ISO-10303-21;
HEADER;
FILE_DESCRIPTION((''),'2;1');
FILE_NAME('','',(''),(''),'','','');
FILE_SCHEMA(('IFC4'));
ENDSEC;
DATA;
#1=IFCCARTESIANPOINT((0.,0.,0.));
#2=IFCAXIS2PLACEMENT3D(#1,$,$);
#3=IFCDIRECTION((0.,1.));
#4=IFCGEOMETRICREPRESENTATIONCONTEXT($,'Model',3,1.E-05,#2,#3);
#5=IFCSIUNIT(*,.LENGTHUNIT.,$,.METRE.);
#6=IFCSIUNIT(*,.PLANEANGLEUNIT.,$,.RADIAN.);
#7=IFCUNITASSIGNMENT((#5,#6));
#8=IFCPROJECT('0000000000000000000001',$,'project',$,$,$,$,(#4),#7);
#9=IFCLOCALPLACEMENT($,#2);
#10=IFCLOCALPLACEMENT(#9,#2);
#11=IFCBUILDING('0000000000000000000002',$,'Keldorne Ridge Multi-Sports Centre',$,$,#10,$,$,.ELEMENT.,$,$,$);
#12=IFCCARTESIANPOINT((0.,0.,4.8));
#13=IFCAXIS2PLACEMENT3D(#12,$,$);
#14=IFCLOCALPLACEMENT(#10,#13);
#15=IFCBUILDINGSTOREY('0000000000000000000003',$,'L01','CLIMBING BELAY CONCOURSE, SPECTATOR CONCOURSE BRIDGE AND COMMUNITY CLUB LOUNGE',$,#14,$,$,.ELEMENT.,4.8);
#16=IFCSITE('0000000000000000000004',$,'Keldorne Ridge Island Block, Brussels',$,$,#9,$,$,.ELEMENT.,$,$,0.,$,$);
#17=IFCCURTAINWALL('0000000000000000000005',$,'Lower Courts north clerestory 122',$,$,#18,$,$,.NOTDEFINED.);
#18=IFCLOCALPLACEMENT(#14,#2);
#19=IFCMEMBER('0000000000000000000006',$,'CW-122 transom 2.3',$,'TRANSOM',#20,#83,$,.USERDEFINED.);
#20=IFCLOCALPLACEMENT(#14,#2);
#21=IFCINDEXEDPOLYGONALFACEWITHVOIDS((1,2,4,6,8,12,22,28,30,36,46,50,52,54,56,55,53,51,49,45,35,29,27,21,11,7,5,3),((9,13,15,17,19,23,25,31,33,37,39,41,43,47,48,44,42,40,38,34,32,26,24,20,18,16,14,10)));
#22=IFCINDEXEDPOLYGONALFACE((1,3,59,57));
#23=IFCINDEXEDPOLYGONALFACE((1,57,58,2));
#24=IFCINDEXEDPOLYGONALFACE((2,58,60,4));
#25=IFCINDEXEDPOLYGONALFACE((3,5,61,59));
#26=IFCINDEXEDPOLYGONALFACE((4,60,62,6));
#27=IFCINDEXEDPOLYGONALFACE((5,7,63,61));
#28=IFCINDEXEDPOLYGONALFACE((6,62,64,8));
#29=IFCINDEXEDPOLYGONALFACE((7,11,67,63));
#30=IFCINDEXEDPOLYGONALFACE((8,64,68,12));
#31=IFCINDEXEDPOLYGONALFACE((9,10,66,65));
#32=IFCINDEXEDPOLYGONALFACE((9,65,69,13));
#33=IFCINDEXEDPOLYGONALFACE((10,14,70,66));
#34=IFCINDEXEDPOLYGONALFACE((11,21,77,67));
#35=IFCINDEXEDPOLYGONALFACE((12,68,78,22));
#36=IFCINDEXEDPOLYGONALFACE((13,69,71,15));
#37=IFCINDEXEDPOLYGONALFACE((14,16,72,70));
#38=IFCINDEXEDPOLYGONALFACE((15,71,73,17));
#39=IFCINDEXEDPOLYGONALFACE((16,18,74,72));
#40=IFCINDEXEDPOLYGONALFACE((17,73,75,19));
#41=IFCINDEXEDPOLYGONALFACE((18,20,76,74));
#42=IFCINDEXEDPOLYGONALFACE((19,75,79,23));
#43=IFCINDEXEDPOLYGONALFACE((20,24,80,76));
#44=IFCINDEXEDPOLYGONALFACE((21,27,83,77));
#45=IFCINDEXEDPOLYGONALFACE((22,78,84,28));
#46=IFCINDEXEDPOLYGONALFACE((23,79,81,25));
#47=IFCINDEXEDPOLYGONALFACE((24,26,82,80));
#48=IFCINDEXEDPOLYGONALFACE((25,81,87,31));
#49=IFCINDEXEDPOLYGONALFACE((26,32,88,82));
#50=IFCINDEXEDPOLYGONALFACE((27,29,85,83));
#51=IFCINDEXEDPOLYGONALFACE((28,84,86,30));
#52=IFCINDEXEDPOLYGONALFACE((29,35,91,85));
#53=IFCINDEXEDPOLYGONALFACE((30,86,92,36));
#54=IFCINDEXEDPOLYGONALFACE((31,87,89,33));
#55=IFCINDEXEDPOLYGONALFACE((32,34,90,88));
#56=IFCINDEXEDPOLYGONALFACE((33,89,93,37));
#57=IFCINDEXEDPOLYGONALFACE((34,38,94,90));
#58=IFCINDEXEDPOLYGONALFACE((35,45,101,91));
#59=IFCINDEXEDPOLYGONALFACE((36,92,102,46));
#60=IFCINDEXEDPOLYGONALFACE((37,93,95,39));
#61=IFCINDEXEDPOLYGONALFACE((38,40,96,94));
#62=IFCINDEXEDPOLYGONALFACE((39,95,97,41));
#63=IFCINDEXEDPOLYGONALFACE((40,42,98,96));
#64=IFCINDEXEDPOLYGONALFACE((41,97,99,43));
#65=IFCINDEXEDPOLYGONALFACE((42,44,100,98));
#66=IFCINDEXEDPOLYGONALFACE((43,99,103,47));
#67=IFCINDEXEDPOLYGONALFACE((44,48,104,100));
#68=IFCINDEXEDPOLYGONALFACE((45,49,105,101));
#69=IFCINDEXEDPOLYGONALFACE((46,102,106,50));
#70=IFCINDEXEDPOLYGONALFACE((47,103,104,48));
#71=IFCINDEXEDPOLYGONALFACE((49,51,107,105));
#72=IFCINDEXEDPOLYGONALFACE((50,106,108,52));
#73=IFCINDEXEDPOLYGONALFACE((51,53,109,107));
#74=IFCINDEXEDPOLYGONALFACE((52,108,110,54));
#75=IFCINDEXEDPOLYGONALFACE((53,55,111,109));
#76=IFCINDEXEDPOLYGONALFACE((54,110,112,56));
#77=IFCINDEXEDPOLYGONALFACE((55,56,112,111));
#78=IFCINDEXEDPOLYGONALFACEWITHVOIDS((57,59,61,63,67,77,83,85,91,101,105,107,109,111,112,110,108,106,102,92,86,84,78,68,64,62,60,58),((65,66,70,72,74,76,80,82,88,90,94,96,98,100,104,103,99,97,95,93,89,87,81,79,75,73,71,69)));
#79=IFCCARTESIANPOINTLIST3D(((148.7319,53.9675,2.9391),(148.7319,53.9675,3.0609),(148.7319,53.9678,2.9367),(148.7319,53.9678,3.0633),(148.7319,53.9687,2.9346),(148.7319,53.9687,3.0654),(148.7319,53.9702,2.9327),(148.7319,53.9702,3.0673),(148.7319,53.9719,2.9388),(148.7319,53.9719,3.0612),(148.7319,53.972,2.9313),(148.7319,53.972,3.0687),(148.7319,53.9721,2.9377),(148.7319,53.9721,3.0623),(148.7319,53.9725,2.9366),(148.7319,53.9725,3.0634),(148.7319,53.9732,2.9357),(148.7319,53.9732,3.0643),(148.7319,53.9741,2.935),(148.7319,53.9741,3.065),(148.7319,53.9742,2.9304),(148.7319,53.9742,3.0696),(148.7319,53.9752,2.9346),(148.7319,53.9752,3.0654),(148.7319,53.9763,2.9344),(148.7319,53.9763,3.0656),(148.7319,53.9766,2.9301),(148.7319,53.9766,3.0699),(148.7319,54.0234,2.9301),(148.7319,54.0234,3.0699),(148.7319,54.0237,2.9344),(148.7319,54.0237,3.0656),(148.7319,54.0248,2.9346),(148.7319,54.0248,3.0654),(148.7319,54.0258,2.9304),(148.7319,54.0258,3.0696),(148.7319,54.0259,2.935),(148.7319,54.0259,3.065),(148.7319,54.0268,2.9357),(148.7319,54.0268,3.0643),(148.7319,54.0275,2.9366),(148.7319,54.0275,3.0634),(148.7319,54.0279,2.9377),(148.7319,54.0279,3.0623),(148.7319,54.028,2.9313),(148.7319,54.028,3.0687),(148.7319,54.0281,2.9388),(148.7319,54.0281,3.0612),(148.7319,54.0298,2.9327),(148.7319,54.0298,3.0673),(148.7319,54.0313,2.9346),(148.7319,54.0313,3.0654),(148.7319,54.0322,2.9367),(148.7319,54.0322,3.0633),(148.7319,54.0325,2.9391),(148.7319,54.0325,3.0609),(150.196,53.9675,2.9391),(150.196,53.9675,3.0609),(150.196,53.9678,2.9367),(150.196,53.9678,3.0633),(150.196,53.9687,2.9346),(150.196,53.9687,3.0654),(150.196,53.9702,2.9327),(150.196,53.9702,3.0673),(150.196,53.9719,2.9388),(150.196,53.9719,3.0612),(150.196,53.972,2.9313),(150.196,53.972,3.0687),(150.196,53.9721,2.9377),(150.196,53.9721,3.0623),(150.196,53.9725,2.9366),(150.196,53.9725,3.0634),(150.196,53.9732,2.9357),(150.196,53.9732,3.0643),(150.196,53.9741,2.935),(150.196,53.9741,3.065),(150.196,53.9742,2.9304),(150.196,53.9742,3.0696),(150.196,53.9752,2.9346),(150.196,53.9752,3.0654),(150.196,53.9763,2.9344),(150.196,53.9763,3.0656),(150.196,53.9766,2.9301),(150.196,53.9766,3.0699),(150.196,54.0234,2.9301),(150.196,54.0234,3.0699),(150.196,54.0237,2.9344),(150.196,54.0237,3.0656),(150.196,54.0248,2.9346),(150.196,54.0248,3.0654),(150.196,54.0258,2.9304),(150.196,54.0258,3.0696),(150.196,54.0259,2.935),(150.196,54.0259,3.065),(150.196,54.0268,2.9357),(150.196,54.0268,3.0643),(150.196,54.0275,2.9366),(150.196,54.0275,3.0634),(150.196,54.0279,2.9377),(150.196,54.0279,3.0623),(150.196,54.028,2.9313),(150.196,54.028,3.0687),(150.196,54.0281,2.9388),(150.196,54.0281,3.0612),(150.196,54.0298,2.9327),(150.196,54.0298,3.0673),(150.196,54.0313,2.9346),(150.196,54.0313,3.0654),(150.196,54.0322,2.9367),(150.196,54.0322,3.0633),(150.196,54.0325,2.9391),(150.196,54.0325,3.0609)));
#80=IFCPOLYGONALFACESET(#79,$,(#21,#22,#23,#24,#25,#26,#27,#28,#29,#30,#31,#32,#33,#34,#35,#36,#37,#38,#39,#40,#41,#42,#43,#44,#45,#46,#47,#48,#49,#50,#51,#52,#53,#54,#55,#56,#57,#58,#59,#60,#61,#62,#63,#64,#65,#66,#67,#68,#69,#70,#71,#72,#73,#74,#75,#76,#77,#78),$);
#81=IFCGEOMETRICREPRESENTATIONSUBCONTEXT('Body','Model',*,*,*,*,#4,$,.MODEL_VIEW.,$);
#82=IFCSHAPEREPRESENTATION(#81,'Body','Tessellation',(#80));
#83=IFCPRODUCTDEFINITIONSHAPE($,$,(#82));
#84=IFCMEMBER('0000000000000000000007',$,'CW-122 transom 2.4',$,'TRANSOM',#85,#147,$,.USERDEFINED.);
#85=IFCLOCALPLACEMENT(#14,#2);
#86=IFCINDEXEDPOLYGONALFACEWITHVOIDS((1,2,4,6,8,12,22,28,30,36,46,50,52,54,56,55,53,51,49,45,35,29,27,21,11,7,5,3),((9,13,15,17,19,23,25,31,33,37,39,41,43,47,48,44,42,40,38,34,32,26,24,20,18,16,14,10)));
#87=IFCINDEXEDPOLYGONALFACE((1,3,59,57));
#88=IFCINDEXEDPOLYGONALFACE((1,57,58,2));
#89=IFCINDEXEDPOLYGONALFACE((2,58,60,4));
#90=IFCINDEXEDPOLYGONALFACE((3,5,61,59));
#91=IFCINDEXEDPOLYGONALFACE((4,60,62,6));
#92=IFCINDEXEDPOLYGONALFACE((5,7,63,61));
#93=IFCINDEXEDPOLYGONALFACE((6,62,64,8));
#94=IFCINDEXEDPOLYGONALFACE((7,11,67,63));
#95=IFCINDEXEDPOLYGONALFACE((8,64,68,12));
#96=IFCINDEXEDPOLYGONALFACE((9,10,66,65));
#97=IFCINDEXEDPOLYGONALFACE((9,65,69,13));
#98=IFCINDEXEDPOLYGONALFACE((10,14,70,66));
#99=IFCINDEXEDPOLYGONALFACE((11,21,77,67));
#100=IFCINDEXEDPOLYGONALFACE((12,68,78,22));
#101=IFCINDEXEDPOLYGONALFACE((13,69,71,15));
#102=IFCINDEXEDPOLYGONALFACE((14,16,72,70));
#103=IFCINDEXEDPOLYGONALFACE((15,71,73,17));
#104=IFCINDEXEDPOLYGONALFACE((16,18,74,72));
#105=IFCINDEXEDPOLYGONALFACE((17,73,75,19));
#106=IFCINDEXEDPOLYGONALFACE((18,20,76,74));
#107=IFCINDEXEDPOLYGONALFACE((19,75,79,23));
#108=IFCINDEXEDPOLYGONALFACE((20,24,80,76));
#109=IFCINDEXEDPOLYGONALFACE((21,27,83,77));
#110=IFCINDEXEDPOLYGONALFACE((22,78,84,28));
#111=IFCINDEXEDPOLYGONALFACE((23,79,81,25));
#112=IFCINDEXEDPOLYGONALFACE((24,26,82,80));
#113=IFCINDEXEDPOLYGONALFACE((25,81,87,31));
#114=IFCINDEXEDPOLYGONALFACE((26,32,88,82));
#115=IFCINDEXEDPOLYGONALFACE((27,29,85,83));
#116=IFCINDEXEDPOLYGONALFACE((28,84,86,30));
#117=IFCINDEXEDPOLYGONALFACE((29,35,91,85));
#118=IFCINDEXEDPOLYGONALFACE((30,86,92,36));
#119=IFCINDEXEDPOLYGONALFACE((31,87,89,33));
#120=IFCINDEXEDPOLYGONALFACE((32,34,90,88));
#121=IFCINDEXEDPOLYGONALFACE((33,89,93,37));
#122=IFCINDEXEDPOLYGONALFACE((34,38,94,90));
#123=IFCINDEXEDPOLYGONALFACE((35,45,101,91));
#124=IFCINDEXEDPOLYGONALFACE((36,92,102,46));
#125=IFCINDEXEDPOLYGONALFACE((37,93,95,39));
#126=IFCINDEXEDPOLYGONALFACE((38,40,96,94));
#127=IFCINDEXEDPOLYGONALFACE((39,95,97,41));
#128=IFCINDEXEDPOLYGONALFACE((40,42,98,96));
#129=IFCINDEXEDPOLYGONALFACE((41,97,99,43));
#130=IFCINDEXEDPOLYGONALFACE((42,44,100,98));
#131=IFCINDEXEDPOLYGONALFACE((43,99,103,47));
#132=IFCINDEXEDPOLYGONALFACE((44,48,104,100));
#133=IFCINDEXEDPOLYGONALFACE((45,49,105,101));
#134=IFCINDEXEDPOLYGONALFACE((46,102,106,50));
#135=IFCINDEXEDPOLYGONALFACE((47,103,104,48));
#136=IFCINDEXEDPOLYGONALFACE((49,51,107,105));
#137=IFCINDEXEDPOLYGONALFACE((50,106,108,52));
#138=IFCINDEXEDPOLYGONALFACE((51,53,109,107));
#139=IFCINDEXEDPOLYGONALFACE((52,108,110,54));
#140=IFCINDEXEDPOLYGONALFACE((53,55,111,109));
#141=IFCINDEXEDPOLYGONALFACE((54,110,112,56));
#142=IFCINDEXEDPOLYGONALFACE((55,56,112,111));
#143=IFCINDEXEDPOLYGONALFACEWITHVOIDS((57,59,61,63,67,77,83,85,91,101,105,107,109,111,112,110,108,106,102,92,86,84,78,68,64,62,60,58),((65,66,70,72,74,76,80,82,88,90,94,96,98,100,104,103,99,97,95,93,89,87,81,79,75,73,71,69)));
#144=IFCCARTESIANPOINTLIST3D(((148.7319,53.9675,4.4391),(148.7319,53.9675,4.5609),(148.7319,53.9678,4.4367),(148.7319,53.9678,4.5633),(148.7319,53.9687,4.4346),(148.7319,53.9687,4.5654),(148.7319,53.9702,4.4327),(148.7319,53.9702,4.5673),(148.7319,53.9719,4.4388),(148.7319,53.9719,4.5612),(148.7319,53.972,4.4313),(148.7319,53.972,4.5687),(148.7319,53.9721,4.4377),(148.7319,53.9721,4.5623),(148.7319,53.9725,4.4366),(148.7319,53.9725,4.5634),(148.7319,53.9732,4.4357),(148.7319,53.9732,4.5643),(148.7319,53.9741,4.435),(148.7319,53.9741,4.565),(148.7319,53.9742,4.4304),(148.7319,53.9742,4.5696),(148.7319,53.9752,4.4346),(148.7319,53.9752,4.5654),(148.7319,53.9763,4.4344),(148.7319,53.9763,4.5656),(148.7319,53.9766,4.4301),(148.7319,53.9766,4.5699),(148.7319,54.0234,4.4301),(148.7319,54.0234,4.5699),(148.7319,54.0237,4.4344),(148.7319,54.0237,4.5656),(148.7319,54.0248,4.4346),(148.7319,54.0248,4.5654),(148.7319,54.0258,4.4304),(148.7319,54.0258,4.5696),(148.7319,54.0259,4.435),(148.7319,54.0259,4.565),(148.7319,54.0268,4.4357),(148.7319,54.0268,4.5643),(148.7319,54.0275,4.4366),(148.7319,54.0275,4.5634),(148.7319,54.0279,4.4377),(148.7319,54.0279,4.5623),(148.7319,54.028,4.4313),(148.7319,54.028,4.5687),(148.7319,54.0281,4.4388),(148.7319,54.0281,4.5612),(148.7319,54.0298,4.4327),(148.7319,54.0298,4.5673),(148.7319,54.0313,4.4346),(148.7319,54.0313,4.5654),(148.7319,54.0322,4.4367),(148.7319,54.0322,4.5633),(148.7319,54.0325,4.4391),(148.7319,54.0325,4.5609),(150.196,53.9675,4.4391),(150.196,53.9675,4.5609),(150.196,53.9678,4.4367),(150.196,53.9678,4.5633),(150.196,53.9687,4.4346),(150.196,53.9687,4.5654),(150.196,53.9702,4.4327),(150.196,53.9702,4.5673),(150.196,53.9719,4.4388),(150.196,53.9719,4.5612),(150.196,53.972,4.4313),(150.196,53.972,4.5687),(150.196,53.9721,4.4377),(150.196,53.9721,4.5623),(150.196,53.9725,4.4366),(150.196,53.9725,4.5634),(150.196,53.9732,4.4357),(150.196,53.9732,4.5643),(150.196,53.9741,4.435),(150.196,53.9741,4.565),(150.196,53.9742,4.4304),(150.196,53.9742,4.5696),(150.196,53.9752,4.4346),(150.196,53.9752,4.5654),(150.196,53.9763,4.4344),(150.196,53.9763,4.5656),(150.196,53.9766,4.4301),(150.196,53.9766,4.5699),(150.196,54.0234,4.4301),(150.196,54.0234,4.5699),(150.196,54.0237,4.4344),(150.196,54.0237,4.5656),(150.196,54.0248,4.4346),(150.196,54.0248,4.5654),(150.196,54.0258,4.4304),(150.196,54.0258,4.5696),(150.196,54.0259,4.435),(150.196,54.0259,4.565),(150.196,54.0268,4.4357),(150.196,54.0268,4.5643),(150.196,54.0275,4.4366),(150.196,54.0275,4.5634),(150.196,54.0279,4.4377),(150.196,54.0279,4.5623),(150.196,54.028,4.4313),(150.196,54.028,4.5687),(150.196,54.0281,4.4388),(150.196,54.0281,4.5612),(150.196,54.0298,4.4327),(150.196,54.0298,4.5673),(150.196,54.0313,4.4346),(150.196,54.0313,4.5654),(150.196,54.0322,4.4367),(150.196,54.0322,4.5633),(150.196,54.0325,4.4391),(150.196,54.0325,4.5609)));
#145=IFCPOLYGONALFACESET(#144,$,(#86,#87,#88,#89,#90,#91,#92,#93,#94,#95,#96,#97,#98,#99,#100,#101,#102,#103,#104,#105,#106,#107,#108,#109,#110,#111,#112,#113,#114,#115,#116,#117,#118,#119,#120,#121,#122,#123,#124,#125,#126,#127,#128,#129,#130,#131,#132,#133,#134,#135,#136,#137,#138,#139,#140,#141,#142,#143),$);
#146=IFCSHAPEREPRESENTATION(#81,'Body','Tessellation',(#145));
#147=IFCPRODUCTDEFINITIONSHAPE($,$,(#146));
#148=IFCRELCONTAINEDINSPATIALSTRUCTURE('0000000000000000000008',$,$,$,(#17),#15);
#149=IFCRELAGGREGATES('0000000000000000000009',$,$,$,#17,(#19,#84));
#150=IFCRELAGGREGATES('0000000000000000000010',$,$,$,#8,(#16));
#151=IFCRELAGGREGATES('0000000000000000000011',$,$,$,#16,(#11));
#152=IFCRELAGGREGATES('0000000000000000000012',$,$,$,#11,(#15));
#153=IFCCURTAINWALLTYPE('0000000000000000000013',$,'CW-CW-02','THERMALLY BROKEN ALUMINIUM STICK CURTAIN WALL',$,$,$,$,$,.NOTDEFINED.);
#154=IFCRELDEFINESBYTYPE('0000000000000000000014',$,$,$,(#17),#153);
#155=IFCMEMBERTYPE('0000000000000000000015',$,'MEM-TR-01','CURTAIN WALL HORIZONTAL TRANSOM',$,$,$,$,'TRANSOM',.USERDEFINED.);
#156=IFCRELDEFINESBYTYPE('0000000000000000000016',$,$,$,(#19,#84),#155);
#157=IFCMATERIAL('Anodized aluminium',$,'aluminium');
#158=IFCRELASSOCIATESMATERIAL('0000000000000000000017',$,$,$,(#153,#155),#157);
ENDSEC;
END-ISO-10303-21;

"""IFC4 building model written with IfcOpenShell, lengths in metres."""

from ifc_helpers import new_model, si_unit, direction, frame, origin, origin_2d, place, context, subcontext, project, spatial, hollow_rectangle, extrude, material, material_profile, profile_set, type_object, element, aggregate, save


model = new_model("IFC4")

# Units and contexts
model_context = context("Model", 3, precision=1e-05, world=origin(), true_north=direction((0.0, 1.0)))
body_context = subcontext(model_context, "Body", "Model", "MODEL_VIEW")
ifc_project = project(units=[si_unit("LENGTHUNIT", "METRE"), si_unit("PLANEANGLEUNIT", "RADIAN")], contexts=[model_context])

# Site, building, storey
site_placement = place(None, origin())
site = spatial("IfcSite", under=ifc_project, at=site_placement, Name="Keldorne Ridge Island Block, Brussels", CompositionType="ELEMENT", RefElevation=0.0)
building_placement = place(site_placement, origin())
building = spatial("IfcBuilding", under=site, at=building_placement, Name="Keldorne Ridge Multi-Sports Centre", CompositionType="ELEMENT")
storey_placement = place(building_placement, frame((0.0, 0.0, 4.8)))
storey = spatial("IfcBuildingStorey", under=building, at=storey_placement, Name="L01", Description="CLIMBING BELAY CONCOURSE, SPECTATOR CONCOURSE BRIDGE AND COMMUNITY CLUB LOUNGE", CompositionType="ELEMENT", Elevation=4.8)

# Curtain wall, members
ifc_material_1 = material(Name="Anodized aluminium", Category="aluminium")
curtain_wall_type = type_object("IfcCurtainWallType", Name="CW-CW-02", Description="THERMALLY BROKEN ALUMINIUM STICK CURTAIN WALL", PredefinedType="NOTDEFINED", material=ifc_material_1)
curtain_wall_placement = place(storey_placement, origin())
curtain_wall = element("IfcCurtainWall", 1, at=curtain_wall_placement, inside=storey, type_object=curtain_wall_type, Name="Lower Courts north clerestory 122", PredefinedType="NOTDEFINED")
ifc_material_profile_1 = material_profile(ifc_material_1, hollow_rectangle(XDim=0.0649, YDim=0.1399, WallThickness=0.0044, InnerFilletRadius=0.0044, OuterFilletRadius=0.009, at=origin_2d()), Name="ALU TRANSOM 140x65x4.5")
ifc_profile_set_1 = profile_set([ifc_material_profile_1], Name="Anodized aluminium")
member_type_1 = type_object("IfcMemberType", Name="MEM-TR-01", Description="CURTAIN WALL HORIZONTAL TRANSOM", ElementType="TRANSOM", PredefinedType="USERDEFINED", material=ifc_profile_set_1)
member_1_placement = place(storey_placement, frame((150.196, 54.0, 3.0), z_axis=(-1.0, 0.0, 0.0), x_axis=(0.0, -1.0, 0.0)))
member_1 = element("IfcMember", 2, at=member_1_placement, type_object=member_type_1, Name="CW-122 transom 2.3", ObjectType="TRANSOM", PredefinedType="USERDEFINED", context=body_context, shape_type="SweptSolid", body=[
    extrude(hollow_rectangle(XDim=0.0649, YDim=0.1399, WallThickness=0.0044, InnerFilletRadius=0.0044, OuterFilletRadius=0.009, at=origin_2d()), origin(), (0.0, 0.0, 1.0), 1.4641),
])
member_2_placement = place(storey_placement, frame((150.196, 54.0, 4.5), z_axis=(-1.0, 0.0, 0.0), x_axis=(0.0, -1.0, 0.0)))
member_2 = element("IfcMember", 3, at=member_2_placement, type_object=member_type_1, Name="CW-122 transom 2.4", ObjectType="TRANSOM", PredefinedType="USERDEFINED", context=body_context, shape_type="SweptSolid", body=[
    extrude(hollow_rectangle(XDim=0.0649, YDim=0.1399, WallThickness=0.0044, InnerFilletRadius=0.0044, OuterFilletRadius=0.009, at=origin_2d()), origin(), (0.0, 0.0, 1.0), 1.4641),
])
aggregate(curtain_wall, [member_1, member_2])

save(model, "model.ifc")
